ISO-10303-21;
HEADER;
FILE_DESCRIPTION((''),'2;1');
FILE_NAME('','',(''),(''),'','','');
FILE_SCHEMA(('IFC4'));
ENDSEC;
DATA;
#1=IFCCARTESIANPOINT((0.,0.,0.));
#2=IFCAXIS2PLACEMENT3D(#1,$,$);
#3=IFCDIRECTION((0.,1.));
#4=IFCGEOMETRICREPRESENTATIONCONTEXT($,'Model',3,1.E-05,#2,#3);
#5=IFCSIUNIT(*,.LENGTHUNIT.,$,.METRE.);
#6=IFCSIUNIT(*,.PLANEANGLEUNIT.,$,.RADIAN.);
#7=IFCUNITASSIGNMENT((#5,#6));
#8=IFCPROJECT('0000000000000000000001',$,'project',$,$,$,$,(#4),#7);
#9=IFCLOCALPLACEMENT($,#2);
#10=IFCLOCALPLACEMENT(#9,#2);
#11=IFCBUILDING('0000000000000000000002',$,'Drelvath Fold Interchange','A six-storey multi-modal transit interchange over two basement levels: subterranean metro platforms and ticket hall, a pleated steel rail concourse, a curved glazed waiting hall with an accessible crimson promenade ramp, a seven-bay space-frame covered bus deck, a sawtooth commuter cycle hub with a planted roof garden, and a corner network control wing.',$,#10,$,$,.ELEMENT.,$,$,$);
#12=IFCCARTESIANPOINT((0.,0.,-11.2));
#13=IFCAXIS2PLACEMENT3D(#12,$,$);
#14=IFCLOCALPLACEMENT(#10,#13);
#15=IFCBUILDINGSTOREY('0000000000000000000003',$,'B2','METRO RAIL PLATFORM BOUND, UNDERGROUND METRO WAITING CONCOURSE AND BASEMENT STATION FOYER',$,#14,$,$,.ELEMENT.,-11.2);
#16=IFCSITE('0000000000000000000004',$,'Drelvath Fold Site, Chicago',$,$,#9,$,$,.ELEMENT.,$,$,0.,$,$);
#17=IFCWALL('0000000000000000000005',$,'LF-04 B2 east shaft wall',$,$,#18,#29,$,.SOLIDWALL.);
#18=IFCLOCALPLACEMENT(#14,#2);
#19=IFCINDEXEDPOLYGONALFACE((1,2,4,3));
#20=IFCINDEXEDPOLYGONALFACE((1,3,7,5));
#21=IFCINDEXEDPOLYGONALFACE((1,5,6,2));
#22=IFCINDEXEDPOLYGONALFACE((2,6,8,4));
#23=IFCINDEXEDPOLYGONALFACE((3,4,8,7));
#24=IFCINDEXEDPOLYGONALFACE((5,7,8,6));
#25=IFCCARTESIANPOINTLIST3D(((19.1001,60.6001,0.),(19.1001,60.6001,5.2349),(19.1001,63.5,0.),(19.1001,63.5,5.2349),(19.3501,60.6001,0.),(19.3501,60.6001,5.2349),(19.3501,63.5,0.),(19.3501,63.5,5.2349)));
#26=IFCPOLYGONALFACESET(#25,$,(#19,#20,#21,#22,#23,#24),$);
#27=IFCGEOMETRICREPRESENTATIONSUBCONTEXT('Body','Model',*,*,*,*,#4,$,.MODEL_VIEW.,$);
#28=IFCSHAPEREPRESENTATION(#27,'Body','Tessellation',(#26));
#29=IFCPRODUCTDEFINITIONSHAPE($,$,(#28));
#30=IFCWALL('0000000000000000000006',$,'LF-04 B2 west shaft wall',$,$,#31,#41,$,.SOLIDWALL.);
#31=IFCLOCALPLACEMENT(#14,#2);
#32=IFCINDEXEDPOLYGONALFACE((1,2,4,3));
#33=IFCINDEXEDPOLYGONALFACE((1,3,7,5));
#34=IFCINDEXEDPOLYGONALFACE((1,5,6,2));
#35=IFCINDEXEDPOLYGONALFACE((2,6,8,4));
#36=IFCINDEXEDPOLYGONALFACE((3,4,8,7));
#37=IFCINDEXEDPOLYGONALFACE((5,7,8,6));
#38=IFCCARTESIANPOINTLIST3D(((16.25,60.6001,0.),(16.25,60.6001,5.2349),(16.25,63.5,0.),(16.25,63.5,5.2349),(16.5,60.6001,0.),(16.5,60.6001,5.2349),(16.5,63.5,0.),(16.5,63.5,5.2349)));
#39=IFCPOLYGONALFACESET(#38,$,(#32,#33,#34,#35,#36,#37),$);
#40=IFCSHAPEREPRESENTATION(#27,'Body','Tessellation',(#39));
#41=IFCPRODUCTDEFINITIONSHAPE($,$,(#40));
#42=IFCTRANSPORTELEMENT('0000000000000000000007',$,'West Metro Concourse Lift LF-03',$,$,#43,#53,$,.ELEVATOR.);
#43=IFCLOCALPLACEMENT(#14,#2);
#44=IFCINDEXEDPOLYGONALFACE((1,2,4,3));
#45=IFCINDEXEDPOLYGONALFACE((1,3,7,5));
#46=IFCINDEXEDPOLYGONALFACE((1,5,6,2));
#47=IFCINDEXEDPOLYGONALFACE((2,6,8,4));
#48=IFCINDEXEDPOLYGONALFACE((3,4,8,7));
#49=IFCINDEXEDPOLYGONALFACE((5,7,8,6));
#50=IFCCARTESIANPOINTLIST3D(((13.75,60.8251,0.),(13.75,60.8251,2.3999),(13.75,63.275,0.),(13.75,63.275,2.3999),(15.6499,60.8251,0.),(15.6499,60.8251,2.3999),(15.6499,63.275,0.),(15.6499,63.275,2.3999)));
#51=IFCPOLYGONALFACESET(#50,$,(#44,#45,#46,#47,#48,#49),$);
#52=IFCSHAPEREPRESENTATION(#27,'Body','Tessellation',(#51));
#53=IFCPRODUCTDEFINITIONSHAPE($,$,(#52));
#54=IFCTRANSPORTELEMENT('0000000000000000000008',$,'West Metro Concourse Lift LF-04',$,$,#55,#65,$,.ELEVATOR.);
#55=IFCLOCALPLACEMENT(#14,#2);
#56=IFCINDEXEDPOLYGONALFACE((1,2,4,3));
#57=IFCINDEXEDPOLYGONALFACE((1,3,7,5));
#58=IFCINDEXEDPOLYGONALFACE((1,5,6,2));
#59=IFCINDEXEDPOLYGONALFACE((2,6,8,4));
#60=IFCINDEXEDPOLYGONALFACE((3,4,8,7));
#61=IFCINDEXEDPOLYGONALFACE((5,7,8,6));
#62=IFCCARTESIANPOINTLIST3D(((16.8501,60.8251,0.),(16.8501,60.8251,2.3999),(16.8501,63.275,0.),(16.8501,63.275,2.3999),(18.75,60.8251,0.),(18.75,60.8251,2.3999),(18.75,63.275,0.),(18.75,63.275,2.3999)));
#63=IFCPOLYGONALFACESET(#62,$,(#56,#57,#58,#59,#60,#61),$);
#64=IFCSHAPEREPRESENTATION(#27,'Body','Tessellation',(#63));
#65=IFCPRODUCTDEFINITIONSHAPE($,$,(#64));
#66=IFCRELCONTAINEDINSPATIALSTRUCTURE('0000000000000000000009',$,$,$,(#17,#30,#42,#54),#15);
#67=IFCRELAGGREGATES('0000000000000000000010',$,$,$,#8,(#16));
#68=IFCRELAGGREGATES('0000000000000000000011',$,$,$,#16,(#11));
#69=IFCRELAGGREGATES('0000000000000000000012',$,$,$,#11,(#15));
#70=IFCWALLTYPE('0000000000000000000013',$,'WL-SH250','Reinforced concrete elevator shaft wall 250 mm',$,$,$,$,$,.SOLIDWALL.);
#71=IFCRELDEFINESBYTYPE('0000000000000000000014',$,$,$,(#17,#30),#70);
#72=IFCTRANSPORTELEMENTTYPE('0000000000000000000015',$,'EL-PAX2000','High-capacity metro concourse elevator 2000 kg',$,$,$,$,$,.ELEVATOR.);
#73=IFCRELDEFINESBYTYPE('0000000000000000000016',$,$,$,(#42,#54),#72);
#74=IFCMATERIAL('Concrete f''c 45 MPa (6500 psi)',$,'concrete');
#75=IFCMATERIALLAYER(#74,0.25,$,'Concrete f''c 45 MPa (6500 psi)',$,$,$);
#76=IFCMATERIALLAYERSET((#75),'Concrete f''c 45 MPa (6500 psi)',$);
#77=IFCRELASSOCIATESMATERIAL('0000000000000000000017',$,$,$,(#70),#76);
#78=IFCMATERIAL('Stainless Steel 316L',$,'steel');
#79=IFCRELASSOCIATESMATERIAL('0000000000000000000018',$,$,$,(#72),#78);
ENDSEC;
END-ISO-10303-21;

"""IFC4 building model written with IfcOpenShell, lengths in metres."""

from ifc_helpers import new_model, si_unit, direction, frame, frame_2d, origin, origin_2d, place, context, subcontext, project, spatial, rectangle, extrude, material, layer, layer_set, type_object, element, save


model = new_model("IFC4")

# Units and contexts
model_context = context("Model", 3, precision=1e-05, world=origin(), true_north=direction((0.0, 1.0)))
body_context = subcontext(model_context, "Body", "Model", "MODEL_VIEW")
ifc_project = project(units=[si_unit("LENGTHUNIT", "METRE"), si_unit("PLANEANGLEUNIT", "RADIAN")], contexts=[model_context])

# Site, building, storey
site_placement = place(None, origin())
site = spatial("IfcSite", under=ifc_project, at=site_placement, Name="Drelvath Fold Site, Chicago", CompositionType="ELEMENT", RefElevation=0.0)
building_placement = place(site_placement, origin())
building = spatial("IfcBuilding", under=site, at=building_placement, Name="Drelvath Fold Interchange", Description="A six-storey multi-modal transit interchange over two basement levels: subterranean metro platforms and ticket hall, a pleated steel rail concourse, a curved glazed waiting hall with an accessible crimson promenade ramp, a seven-bay space-frame covered bus deck, a sawtooth commuter cycle hub with a planted roof garden, and a corner network control wing.", CompositionType="ELEMENT")
storey_placement = place(building_placement, frame((0.0, 0.0, -11.2)))
storey = spatial("IfcBuildingStorey", under=building, at=storey_placement, Name="B2", Description="METRO RAIL PLATFORM BOUND, UNDERGROUND METRO WAITING CONCOURSE AND BASEMENT STATION FOYER", CompositionType="ELEMENT", Elevation=-11.2)

# Shared definitions
ifc_material_1 = material(Name="Concrete f'c 45 MPa (6500 psi)", Category="concrete")

# Shared definitions
ifc_layer = layer(ifc_material_1, 0.25, Name="Concrete f'c 45 MPa (6500 psi)")
ifc_layer_set = layer_set([ifc_layer], Name="Concrete f'c 45 MPa (6500 psi)")
wall_type = type_object("IfcWallType", Name="WL-SH250", Description="Reinforced concrete elevator shaft wall 250 mm", PredefinedType="SOLIDWALL", material=ifc_layer_set)

# Walls
for number, where, z_axis, x_axis, name in (
    (1, (19.2251, 60.6001, 0.0), (0.0, 0.0, 1.0), (0.0, 1.0, 0.0), "LF-04 B2 east shaft wall"),
    (2, (16.375, 63.5, 0.0), (0.0, 0.0, 1.0), (0.0, -1.0, 0.0), "LF-04 B2 west shaft wall"),
):
    element("IfcWall", number, at=place(storey_placement, frame(where, z_axis=z_axis, x_axis=x_axis)), inside=storey, type_object=wall_type, Name=name, PredefinedType="SOLIDWALL", context=body_context, shape_type="SweptSolid", body=[
        extrude(rectangle(XDim=2.8999, YDim=0.25, at=frame_2d((1.45, 0.0))), origin(), (0.0, 0.0, 1.0), 5.2349),
    ])

# Transport elements
ifc_material_2 = material(Name="Stainless Steel 316L", Category="steel")
transport_element_type = type_object("IfcTransportElementType", Name="EL-PAX2000", Description="High-capacity metro concourse elevator 2000 kg", PredefinedType="ELEVATOR", material=ifc_material_2)
for number, where, z_axis, x_axis, name in (
    (3, (14.7, 62.05, 0.0), (0.0, 0.0, 1.0), (1.0, 0.0, 0.0), "West Metro Concourse Lift LF-03"),
    (4, (17.8, 62.05, 0.0), (0.0, 0.0, 1.0), (1.0, 0.0, 0.0), "West Metro Concourse Lift LF-04"),
):
    element("IfcTransportElement", number, at=place(storey_placement, frame(where, z_axis=z_axis, x_axis=x_axis)), inside=storey, type_object=transport_element_type, Name=name, PredefinedType="ELEVATOR", context=body_context, shape_type="SweptSolid", body=[
        extrude(rectangle(XDim=1.8999, YDim=2.45, at=origin_2d()), origin(), (0.0, 0.0, 1.0), 2.3999),
    ])

save(model, "model.ifc")
